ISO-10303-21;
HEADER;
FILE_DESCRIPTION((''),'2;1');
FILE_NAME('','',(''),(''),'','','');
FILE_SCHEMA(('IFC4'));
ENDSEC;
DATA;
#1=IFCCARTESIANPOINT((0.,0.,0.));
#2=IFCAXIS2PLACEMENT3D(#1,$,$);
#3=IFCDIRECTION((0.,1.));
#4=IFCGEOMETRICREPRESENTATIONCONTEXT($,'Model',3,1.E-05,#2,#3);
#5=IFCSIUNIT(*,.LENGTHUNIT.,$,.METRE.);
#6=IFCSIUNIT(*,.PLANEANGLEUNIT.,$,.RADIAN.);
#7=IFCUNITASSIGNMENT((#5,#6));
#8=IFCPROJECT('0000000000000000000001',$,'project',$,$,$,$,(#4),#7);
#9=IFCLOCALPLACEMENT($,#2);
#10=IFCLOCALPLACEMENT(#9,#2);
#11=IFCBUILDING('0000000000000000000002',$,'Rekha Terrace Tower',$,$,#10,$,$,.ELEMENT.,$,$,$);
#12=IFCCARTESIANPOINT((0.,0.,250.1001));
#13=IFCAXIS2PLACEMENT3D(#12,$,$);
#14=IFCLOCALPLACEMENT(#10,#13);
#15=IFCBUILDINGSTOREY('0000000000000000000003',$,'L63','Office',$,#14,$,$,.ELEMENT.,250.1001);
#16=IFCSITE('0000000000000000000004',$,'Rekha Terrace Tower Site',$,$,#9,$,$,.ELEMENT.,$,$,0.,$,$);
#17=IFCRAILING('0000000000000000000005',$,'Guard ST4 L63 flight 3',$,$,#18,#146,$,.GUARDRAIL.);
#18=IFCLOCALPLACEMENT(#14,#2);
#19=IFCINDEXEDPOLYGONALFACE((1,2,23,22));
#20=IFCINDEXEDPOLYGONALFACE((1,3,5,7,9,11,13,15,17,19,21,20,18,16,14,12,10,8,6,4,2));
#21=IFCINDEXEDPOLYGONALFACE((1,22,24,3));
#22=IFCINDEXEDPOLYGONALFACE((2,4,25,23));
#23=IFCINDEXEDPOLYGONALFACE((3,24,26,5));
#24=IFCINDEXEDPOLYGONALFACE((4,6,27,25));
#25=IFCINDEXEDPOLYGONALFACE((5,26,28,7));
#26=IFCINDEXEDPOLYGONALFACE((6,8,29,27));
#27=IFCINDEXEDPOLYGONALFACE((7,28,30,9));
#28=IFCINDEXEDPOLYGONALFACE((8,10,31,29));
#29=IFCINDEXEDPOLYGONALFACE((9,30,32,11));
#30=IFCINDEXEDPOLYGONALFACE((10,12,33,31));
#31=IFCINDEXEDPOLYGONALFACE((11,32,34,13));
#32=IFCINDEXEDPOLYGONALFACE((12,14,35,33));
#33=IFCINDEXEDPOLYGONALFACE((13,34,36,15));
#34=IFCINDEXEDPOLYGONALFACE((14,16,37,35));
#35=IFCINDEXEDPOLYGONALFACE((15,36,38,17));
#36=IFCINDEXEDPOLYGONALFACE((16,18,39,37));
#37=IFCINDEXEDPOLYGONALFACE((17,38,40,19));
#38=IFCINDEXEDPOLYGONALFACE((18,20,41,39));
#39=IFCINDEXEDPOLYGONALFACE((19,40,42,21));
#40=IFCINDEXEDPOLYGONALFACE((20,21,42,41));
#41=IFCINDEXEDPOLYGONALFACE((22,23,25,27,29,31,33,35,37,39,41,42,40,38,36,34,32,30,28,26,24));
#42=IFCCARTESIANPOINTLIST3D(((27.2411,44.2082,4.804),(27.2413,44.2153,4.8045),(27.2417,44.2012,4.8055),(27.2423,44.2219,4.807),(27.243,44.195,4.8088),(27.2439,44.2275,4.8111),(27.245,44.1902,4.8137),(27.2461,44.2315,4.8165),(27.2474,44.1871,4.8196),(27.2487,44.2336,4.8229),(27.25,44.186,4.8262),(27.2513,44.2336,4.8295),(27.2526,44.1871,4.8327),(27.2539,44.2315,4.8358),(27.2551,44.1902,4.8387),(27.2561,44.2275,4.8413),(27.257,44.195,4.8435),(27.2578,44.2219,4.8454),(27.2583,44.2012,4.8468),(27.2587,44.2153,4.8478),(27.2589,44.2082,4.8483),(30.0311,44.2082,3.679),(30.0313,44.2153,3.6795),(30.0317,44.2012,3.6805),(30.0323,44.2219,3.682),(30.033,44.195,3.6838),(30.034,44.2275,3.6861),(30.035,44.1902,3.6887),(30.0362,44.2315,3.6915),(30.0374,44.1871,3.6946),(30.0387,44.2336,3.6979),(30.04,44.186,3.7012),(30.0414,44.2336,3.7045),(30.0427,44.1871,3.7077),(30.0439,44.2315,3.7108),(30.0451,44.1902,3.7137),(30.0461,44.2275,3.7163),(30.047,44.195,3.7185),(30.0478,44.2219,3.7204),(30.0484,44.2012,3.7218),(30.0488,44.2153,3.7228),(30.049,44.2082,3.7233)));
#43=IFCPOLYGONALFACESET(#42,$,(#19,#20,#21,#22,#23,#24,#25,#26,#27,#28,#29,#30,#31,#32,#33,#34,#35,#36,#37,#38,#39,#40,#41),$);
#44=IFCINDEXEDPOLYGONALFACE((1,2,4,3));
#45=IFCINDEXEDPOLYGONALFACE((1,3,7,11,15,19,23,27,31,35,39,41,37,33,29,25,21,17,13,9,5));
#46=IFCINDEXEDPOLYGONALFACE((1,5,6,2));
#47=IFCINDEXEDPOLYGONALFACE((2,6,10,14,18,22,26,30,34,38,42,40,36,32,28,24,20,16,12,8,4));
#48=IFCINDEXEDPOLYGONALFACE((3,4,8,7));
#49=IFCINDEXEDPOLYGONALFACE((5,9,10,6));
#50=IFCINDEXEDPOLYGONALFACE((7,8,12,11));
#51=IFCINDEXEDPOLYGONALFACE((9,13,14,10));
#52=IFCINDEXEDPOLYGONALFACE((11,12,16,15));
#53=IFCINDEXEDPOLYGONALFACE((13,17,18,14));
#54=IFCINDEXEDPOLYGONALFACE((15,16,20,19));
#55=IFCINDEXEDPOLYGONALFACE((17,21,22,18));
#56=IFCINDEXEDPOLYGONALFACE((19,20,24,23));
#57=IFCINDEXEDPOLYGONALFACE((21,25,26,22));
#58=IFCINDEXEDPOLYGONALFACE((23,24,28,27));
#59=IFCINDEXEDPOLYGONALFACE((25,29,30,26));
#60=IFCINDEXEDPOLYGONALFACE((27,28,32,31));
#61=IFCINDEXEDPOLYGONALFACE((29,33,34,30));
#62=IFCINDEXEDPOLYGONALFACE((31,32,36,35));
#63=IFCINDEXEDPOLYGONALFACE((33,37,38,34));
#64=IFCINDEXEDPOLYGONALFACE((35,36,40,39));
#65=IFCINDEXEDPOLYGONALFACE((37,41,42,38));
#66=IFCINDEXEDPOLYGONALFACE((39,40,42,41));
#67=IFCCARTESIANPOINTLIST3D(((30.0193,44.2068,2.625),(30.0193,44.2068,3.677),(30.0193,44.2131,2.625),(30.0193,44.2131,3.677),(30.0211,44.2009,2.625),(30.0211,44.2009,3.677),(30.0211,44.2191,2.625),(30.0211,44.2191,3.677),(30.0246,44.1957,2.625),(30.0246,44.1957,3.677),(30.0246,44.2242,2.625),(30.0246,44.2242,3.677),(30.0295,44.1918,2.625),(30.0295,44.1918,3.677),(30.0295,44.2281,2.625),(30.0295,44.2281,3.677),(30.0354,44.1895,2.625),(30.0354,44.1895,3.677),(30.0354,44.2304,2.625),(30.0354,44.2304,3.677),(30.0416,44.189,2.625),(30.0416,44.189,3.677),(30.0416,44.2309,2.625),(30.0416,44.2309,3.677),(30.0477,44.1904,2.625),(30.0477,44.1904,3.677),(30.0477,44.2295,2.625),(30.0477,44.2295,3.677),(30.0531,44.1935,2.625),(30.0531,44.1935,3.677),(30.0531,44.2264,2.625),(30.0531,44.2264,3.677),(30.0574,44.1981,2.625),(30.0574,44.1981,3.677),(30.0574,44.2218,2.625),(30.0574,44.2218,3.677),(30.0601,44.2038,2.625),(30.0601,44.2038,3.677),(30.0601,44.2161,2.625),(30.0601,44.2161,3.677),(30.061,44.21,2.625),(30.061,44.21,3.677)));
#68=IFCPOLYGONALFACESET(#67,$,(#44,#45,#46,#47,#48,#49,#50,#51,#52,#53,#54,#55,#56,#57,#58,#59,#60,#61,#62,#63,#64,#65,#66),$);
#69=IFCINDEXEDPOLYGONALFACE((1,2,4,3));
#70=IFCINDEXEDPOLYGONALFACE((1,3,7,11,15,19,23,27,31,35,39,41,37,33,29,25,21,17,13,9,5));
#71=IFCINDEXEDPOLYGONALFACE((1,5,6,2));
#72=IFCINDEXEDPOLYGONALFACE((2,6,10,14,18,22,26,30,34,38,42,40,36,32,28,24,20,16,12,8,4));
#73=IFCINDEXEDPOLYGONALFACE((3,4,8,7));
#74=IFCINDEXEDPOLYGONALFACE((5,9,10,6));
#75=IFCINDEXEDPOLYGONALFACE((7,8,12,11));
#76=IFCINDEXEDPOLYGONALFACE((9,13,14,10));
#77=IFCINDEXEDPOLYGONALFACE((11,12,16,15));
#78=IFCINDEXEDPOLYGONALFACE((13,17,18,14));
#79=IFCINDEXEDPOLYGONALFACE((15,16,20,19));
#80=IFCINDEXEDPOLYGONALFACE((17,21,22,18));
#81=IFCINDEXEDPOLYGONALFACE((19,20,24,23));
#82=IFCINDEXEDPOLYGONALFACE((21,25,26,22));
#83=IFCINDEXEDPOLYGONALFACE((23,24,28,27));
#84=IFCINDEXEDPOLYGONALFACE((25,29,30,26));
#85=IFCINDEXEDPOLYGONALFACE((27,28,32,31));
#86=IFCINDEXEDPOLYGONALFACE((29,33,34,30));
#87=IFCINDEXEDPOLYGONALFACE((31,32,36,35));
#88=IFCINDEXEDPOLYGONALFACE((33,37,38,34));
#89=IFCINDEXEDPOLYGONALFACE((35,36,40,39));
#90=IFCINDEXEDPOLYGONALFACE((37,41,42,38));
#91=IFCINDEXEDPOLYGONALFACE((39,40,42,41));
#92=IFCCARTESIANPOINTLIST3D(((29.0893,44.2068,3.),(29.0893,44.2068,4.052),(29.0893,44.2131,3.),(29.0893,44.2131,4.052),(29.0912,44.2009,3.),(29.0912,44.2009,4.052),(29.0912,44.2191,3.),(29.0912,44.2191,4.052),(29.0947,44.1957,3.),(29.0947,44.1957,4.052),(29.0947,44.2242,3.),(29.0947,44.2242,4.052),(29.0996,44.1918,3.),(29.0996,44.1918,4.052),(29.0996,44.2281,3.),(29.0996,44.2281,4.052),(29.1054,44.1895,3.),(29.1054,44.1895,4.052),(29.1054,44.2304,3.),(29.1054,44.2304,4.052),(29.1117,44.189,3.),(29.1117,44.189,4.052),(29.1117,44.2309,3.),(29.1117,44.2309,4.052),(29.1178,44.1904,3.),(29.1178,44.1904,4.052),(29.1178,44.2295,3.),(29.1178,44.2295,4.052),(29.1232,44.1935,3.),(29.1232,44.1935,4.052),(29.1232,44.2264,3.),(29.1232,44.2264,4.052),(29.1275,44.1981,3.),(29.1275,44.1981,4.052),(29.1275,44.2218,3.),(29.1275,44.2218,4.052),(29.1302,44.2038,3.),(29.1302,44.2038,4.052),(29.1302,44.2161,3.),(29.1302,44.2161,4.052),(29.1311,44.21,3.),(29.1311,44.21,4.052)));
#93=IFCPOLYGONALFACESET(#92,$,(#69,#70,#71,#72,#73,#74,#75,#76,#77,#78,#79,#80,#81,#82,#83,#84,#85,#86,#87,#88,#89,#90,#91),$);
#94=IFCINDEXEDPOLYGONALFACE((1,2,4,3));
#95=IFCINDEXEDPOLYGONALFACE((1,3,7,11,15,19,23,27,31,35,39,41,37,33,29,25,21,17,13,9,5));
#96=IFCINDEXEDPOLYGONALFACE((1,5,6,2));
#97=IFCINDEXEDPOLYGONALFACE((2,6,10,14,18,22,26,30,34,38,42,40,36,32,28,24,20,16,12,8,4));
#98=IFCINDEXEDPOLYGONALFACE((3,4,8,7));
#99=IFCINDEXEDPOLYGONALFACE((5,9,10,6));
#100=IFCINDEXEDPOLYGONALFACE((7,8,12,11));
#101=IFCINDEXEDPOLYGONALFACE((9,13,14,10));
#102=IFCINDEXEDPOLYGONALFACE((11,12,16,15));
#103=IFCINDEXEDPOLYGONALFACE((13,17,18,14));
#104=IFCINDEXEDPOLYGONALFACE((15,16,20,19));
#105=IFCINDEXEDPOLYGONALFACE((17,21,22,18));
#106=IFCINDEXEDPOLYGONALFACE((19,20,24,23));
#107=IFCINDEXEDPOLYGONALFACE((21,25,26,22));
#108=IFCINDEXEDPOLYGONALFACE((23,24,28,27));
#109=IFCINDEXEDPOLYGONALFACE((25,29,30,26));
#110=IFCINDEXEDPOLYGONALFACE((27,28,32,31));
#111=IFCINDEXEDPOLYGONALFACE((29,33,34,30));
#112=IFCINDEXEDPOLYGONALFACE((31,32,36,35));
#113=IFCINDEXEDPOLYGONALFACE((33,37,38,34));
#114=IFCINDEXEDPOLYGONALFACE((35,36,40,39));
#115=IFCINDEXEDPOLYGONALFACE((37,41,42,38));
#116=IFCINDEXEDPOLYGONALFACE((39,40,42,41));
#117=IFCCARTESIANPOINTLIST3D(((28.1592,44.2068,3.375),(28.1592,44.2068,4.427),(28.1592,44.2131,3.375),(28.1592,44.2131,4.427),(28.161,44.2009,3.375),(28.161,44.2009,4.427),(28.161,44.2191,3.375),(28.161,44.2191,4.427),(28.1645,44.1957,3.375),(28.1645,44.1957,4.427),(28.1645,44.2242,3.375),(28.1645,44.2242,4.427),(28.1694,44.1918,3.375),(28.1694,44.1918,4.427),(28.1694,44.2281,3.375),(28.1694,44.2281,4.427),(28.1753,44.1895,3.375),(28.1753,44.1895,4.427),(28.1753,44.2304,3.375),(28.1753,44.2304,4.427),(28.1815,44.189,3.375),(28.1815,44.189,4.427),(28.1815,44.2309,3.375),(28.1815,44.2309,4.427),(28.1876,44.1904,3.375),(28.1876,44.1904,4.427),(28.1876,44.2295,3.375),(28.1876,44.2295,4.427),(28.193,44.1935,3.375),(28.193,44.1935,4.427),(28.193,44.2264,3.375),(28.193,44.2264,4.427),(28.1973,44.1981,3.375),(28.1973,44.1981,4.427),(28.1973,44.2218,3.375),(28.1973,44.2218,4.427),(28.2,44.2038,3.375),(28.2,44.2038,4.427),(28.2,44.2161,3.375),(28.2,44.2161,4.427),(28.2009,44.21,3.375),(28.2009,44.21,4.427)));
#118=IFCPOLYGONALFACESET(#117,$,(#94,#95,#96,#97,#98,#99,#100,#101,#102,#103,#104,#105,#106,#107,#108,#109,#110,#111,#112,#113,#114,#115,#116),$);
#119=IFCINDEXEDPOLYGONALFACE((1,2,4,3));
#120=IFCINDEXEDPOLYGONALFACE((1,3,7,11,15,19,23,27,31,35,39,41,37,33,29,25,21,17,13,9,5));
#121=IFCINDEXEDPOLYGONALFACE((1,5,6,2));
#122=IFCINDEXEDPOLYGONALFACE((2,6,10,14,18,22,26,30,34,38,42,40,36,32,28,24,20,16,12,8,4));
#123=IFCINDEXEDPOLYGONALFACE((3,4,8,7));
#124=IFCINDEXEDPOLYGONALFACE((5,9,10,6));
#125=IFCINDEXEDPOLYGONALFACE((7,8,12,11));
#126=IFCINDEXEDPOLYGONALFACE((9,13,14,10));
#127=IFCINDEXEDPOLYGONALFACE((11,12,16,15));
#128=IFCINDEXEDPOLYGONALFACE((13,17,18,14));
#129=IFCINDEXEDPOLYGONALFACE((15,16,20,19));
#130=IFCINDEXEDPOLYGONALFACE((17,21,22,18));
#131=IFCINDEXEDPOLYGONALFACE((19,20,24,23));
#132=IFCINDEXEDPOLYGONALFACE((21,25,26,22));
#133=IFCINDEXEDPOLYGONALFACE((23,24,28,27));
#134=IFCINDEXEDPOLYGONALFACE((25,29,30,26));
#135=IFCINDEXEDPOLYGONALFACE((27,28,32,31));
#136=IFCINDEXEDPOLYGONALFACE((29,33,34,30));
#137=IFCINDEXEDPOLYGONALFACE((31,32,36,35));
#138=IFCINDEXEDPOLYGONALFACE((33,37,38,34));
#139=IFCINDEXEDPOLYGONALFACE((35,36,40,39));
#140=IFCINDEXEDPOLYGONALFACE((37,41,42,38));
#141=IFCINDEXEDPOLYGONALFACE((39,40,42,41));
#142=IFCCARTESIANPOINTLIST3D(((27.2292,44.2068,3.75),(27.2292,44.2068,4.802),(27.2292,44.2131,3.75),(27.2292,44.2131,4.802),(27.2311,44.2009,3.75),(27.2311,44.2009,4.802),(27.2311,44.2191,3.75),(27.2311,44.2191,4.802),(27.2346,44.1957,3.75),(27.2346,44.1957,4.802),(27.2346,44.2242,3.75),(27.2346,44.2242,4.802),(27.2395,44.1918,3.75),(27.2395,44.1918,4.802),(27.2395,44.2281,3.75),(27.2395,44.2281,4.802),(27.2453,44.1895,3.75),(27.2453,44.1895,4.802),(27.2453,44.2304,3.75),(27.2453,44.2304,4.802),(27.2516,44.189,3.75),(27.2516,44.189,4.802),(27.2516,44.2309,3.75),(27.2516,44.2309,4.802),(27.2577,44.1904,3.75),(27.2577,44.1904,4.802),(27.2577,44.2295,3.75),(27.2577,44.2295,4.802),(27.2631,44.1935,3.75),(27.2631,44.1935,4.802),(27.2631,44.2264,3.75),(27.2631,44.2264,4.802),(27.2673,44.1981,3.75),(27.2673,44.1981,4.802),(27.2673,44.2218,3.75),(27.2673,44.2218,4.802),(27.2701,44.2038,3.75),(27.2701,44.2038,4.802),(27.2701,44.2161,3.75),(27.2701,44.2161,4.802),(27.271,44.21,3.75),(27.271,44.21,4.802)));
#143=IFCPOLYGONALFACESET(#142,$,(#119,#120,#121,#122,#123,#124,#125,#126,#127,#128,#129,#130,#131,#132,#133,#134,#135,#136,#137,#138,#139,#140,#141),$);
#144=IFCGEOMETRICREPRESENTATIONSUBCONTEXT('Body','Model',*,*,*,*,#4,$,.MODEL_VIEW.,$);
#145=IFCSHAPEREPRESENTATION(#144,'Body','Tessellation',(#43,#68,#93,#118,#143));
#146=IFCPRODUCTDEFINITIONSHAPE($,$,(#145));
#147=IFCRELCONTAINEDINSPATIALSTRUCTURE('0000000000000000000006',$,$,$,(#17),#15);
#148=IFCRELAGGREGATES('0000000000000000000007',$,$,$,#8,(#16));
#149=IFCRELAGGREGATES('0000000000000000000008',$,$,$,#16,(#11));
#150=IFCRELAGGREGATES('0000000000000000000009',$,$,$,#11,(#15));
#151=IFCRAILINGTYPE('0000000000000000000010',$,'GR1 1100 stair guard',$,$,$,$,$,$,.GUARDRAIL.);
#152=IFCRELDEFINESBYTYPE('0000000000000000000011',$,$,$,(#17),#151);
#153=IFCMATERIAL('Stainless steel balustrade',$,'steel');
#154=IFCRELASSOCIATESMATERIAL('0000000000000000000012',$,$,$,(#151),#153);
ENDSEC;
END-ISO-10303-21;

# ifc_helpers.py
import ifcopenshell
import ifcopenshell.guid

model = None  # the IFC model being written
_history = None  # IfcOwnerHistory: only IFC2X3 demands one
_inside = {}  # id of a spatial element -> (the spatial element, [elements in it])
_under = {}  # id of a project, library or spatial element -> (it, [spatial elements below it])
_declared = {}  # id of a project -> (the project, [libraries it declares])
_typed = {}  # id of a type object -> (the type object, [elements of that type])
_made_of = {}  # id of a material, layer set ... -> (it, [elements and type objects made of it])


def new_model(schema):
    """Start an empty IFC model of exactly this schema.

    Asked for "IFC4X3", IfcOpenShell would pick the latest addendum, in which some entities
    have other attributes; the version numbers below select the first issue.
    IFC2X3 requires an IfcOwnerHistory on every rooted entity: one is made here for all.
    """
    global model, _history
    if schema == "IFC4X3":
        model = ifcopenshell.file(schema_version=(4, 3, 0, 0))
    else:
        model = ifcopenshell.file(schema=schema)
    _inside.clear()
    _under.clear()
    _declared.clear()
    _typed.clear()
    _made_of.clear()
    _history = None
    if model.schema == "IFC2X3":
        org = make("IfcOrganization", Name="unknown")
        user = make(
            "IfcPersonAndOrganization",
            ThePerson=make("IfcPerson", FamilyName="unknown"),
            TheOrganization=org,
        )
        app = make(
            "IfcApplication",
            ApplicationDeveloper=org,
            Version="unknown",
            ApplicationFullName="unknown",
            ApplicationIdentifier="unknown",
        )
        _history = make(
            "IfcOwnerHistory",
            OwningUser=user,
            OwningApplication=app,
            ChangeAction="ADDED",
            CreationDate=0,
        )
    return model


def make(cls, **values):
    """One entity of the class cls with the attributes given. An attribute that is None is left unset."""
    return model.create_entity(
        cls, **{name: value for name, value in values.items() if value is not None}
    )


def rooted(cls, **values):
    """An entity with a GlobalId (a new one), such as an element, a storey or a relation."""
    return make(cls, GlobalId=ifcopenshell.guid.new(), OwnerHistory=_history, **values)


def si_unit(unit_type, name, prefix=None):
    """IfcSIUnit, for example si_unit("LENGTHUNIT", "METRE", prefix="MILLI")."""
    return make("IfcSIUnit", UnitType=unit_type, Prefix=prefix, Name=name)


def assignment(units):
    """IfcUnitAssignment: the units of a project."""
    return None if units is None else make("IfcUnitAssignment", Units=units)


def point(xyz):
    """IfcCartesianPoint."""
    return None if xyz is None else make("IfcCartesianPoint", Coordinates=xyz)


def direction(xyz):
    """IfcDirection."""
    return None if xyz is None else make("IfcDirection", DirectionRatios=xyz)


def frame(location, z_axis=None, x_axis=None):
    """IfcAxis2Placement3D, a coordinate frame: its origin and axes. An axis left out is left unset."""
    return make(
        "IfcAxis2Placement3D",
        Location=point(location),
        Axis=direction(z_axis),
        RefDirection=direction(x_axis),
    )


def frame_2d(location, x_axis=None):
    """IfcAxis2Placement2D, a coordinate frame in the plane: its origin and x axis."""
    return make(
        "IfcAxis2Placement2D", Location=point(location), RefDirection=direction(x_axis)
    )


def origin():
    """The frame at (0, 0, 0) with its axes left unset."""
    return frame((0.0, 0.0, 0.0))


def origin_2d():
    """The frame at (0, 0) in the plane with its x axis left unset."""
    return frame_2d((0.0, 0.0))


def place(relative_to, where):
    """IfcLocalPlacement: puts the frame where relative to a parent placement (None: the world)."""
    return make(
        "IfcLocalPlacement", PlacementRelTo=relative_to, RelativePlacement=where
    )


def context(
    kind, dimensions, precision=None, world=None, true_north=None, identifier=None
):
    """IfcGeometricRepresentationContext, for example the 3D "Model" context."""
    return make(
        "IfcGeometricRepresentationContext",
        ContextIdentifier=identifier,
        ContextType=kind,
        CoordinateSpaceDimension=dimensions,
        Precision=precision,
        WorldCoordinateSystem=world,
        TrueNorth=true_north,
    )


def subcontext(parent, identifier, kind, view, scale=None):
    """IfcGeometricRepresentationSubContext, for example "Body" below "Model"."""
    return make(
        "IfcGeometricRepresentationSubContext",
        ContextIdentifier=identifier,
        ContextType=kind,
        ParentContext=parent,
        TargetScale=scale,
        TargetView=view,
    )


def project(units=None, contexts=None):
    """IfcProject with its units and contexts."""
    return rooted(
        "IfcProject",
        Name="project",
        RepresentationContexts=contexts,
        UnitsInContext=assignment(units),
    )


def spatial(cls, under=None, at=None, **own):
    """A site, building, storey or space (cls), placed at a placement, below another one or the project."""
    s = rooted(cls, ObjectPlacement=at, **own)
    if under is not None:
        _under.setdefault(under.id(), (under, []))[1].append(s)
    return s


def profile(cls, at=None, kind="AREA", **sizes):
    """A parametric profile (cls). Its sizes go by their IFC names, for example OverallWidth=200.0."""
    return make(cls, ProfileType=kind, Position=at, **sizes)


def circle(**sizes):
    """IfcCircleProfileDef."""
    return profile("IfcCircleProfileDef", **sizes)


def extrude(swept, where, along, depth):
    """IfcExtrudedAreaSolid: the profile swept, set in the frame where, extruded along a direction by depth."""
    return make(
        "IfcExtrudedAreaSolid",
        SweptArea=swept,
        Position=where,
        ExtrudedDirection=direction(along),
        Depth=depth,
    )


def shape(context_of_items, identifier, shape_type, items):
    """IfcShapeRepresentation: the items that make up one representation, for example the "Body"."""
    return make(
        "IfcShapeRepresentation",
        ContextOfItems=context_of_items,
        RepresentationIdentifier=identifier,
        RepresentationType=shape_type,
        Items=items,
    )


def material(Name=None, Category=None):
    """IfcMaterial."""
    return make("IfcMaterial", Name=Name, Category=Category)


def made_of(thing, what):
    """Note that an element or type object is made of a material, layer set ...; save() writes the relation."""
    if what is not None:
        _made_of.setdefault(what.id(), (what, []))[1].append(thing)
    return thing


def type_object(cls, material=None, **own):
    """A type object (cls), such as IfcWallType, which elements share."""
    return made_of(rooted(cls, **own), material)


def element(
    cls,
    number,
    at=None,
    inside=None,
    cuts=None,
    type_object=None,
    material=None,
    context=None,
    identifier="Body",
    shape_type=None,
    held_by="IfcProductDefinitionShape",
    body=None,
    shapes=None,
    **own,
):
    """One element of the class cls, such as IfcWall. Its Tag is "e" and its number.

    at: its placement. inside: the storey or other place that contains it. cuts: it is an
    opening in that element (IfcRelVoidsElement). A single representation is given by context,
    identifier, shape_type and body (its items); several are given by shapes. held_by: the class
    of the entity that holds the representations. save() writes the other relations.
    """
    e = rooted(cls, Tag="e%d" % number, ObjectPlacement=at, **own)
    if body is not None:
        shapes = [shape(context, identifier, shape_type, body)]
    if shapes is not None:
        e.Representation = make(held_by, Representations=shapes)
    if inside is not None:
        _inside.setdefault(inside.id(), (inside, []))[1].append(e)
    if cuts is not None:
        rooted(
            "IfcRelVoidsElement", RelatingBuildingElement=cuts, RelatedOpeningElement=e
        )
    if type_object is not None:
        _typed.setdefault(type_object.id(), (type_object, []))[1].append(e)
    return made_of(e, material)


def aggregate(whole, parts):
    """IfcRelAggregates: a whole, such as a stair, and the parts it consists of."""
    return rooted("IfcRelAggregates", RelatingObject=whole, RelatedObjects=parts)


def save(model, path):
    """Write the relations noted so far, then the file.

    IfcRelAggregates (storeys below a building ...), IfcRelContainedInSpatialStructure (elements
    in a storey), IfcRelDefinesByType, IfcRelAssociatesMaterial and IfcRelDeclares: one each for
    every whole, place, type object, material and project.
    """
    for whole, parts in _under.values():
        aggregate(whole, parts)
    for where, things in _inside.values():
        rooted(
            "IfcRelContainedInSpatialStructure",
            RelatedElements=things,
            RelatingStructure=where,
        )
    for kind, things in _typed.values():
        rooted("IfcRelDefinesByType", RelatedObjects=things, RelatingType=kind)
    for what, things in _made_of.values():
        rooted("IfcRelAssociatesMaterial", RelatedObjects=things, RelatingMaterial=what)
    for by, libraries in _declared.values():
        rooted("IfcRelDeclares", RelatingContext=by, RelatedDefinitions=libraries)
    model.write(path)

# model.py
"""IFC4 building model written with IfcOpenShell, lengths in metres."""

from ifc_helpers import new_model, si_unit, direction, frame, origin, origin_2d, place, context, subcontext, project, spatial, circle, extrude, material, type_object, element, save


model = new_model("IFC4")

# Units and contexts
model_context = context("Model", 3, precision=1e-05, world=origin(), true_north=direction((0.0, 1.0)))
body_context = subcontext(model_context, "Body", "Model", "MODEL_VIEW")
ifc_project = project(units=[si_unit("LENGTHUNIT", "METRE"), si_unit("PLANEANGLEUNIT", "RADIAN")], contexts=[model_context])

# Site, building, storey
site_placement = place(None, origin())
site = spatial("IfcSite", under=ifc_project, at=site_placement, Name="Rekha Terrace Tower Site", CompositionType="ELEMENT", RefElevation=0.0)
building_placement = place(site_placement, origin())
building = spatial("IfcBuilding", under=site, at=building_placement, Name="Rekha Terrace Tower", CompositionType="ELEMENT")
storey_placement = place(building_placement, frame((0.0, 0.0, 250.1001)))
storey = spatial("IfcBuildingStorey", under=building, at=storey_placement, Name="L63", Description="Office", CompositionType="ELEMENT", Elevation=250.1001)

# Railing
ifc_material_1 = material(Name="Stainless steel balustrade", Category="steel")
railing_type_1 = type_object("IfcRailingType", Name="GR1 1100 stair guard", PredefinedType="GUARDRAIL", material=ifc_material_1)
railing_1_placement = place(storey_placement, frame((30.04, 44.21, 2.625)))
element("IfcRailing", 1, at=railing_1_placement, inside=storey, type_object=railing_type_1, Name="Guard ST4 L63 flight 3", PredefinedType="GUARDRAIL", context=body_context, shape_type="SweptSolid", body=[
    extrude(circle(Radius=0.0239, at=origin_2d()), frame((0.0, 0.0, 1.0762), z_axis=(-0.927443, 0.0, 0.373964), x_axis=(0.0, -1.0, 0.0)), (0.0, 0.0, 1.0), 3.0083),
    extrude(circle(Radius=0.021, at=origin_2d()), origin(), (0.0, 0.0, 1.0), 1.052),
    extrude(circle(Radius=0.021, at=origin_2d()), frame((-0.9299, 0.0, 0.375)), (0.0, 0.0, 1.0), 1.052),
    extrude(circle(Radius=0.021, at=origin_2d()), frame((-1.8601, 0.0, 0.75)), (0.0, 0.0, 1.0), 1.052),
    extrude(circle(Radius=0.021, at=origin_2d()), frame((-2.79, 0.0, 1.125)), (0.0, 0.0, 1.0), 1.052),
])

save(model, "model.ifc")
